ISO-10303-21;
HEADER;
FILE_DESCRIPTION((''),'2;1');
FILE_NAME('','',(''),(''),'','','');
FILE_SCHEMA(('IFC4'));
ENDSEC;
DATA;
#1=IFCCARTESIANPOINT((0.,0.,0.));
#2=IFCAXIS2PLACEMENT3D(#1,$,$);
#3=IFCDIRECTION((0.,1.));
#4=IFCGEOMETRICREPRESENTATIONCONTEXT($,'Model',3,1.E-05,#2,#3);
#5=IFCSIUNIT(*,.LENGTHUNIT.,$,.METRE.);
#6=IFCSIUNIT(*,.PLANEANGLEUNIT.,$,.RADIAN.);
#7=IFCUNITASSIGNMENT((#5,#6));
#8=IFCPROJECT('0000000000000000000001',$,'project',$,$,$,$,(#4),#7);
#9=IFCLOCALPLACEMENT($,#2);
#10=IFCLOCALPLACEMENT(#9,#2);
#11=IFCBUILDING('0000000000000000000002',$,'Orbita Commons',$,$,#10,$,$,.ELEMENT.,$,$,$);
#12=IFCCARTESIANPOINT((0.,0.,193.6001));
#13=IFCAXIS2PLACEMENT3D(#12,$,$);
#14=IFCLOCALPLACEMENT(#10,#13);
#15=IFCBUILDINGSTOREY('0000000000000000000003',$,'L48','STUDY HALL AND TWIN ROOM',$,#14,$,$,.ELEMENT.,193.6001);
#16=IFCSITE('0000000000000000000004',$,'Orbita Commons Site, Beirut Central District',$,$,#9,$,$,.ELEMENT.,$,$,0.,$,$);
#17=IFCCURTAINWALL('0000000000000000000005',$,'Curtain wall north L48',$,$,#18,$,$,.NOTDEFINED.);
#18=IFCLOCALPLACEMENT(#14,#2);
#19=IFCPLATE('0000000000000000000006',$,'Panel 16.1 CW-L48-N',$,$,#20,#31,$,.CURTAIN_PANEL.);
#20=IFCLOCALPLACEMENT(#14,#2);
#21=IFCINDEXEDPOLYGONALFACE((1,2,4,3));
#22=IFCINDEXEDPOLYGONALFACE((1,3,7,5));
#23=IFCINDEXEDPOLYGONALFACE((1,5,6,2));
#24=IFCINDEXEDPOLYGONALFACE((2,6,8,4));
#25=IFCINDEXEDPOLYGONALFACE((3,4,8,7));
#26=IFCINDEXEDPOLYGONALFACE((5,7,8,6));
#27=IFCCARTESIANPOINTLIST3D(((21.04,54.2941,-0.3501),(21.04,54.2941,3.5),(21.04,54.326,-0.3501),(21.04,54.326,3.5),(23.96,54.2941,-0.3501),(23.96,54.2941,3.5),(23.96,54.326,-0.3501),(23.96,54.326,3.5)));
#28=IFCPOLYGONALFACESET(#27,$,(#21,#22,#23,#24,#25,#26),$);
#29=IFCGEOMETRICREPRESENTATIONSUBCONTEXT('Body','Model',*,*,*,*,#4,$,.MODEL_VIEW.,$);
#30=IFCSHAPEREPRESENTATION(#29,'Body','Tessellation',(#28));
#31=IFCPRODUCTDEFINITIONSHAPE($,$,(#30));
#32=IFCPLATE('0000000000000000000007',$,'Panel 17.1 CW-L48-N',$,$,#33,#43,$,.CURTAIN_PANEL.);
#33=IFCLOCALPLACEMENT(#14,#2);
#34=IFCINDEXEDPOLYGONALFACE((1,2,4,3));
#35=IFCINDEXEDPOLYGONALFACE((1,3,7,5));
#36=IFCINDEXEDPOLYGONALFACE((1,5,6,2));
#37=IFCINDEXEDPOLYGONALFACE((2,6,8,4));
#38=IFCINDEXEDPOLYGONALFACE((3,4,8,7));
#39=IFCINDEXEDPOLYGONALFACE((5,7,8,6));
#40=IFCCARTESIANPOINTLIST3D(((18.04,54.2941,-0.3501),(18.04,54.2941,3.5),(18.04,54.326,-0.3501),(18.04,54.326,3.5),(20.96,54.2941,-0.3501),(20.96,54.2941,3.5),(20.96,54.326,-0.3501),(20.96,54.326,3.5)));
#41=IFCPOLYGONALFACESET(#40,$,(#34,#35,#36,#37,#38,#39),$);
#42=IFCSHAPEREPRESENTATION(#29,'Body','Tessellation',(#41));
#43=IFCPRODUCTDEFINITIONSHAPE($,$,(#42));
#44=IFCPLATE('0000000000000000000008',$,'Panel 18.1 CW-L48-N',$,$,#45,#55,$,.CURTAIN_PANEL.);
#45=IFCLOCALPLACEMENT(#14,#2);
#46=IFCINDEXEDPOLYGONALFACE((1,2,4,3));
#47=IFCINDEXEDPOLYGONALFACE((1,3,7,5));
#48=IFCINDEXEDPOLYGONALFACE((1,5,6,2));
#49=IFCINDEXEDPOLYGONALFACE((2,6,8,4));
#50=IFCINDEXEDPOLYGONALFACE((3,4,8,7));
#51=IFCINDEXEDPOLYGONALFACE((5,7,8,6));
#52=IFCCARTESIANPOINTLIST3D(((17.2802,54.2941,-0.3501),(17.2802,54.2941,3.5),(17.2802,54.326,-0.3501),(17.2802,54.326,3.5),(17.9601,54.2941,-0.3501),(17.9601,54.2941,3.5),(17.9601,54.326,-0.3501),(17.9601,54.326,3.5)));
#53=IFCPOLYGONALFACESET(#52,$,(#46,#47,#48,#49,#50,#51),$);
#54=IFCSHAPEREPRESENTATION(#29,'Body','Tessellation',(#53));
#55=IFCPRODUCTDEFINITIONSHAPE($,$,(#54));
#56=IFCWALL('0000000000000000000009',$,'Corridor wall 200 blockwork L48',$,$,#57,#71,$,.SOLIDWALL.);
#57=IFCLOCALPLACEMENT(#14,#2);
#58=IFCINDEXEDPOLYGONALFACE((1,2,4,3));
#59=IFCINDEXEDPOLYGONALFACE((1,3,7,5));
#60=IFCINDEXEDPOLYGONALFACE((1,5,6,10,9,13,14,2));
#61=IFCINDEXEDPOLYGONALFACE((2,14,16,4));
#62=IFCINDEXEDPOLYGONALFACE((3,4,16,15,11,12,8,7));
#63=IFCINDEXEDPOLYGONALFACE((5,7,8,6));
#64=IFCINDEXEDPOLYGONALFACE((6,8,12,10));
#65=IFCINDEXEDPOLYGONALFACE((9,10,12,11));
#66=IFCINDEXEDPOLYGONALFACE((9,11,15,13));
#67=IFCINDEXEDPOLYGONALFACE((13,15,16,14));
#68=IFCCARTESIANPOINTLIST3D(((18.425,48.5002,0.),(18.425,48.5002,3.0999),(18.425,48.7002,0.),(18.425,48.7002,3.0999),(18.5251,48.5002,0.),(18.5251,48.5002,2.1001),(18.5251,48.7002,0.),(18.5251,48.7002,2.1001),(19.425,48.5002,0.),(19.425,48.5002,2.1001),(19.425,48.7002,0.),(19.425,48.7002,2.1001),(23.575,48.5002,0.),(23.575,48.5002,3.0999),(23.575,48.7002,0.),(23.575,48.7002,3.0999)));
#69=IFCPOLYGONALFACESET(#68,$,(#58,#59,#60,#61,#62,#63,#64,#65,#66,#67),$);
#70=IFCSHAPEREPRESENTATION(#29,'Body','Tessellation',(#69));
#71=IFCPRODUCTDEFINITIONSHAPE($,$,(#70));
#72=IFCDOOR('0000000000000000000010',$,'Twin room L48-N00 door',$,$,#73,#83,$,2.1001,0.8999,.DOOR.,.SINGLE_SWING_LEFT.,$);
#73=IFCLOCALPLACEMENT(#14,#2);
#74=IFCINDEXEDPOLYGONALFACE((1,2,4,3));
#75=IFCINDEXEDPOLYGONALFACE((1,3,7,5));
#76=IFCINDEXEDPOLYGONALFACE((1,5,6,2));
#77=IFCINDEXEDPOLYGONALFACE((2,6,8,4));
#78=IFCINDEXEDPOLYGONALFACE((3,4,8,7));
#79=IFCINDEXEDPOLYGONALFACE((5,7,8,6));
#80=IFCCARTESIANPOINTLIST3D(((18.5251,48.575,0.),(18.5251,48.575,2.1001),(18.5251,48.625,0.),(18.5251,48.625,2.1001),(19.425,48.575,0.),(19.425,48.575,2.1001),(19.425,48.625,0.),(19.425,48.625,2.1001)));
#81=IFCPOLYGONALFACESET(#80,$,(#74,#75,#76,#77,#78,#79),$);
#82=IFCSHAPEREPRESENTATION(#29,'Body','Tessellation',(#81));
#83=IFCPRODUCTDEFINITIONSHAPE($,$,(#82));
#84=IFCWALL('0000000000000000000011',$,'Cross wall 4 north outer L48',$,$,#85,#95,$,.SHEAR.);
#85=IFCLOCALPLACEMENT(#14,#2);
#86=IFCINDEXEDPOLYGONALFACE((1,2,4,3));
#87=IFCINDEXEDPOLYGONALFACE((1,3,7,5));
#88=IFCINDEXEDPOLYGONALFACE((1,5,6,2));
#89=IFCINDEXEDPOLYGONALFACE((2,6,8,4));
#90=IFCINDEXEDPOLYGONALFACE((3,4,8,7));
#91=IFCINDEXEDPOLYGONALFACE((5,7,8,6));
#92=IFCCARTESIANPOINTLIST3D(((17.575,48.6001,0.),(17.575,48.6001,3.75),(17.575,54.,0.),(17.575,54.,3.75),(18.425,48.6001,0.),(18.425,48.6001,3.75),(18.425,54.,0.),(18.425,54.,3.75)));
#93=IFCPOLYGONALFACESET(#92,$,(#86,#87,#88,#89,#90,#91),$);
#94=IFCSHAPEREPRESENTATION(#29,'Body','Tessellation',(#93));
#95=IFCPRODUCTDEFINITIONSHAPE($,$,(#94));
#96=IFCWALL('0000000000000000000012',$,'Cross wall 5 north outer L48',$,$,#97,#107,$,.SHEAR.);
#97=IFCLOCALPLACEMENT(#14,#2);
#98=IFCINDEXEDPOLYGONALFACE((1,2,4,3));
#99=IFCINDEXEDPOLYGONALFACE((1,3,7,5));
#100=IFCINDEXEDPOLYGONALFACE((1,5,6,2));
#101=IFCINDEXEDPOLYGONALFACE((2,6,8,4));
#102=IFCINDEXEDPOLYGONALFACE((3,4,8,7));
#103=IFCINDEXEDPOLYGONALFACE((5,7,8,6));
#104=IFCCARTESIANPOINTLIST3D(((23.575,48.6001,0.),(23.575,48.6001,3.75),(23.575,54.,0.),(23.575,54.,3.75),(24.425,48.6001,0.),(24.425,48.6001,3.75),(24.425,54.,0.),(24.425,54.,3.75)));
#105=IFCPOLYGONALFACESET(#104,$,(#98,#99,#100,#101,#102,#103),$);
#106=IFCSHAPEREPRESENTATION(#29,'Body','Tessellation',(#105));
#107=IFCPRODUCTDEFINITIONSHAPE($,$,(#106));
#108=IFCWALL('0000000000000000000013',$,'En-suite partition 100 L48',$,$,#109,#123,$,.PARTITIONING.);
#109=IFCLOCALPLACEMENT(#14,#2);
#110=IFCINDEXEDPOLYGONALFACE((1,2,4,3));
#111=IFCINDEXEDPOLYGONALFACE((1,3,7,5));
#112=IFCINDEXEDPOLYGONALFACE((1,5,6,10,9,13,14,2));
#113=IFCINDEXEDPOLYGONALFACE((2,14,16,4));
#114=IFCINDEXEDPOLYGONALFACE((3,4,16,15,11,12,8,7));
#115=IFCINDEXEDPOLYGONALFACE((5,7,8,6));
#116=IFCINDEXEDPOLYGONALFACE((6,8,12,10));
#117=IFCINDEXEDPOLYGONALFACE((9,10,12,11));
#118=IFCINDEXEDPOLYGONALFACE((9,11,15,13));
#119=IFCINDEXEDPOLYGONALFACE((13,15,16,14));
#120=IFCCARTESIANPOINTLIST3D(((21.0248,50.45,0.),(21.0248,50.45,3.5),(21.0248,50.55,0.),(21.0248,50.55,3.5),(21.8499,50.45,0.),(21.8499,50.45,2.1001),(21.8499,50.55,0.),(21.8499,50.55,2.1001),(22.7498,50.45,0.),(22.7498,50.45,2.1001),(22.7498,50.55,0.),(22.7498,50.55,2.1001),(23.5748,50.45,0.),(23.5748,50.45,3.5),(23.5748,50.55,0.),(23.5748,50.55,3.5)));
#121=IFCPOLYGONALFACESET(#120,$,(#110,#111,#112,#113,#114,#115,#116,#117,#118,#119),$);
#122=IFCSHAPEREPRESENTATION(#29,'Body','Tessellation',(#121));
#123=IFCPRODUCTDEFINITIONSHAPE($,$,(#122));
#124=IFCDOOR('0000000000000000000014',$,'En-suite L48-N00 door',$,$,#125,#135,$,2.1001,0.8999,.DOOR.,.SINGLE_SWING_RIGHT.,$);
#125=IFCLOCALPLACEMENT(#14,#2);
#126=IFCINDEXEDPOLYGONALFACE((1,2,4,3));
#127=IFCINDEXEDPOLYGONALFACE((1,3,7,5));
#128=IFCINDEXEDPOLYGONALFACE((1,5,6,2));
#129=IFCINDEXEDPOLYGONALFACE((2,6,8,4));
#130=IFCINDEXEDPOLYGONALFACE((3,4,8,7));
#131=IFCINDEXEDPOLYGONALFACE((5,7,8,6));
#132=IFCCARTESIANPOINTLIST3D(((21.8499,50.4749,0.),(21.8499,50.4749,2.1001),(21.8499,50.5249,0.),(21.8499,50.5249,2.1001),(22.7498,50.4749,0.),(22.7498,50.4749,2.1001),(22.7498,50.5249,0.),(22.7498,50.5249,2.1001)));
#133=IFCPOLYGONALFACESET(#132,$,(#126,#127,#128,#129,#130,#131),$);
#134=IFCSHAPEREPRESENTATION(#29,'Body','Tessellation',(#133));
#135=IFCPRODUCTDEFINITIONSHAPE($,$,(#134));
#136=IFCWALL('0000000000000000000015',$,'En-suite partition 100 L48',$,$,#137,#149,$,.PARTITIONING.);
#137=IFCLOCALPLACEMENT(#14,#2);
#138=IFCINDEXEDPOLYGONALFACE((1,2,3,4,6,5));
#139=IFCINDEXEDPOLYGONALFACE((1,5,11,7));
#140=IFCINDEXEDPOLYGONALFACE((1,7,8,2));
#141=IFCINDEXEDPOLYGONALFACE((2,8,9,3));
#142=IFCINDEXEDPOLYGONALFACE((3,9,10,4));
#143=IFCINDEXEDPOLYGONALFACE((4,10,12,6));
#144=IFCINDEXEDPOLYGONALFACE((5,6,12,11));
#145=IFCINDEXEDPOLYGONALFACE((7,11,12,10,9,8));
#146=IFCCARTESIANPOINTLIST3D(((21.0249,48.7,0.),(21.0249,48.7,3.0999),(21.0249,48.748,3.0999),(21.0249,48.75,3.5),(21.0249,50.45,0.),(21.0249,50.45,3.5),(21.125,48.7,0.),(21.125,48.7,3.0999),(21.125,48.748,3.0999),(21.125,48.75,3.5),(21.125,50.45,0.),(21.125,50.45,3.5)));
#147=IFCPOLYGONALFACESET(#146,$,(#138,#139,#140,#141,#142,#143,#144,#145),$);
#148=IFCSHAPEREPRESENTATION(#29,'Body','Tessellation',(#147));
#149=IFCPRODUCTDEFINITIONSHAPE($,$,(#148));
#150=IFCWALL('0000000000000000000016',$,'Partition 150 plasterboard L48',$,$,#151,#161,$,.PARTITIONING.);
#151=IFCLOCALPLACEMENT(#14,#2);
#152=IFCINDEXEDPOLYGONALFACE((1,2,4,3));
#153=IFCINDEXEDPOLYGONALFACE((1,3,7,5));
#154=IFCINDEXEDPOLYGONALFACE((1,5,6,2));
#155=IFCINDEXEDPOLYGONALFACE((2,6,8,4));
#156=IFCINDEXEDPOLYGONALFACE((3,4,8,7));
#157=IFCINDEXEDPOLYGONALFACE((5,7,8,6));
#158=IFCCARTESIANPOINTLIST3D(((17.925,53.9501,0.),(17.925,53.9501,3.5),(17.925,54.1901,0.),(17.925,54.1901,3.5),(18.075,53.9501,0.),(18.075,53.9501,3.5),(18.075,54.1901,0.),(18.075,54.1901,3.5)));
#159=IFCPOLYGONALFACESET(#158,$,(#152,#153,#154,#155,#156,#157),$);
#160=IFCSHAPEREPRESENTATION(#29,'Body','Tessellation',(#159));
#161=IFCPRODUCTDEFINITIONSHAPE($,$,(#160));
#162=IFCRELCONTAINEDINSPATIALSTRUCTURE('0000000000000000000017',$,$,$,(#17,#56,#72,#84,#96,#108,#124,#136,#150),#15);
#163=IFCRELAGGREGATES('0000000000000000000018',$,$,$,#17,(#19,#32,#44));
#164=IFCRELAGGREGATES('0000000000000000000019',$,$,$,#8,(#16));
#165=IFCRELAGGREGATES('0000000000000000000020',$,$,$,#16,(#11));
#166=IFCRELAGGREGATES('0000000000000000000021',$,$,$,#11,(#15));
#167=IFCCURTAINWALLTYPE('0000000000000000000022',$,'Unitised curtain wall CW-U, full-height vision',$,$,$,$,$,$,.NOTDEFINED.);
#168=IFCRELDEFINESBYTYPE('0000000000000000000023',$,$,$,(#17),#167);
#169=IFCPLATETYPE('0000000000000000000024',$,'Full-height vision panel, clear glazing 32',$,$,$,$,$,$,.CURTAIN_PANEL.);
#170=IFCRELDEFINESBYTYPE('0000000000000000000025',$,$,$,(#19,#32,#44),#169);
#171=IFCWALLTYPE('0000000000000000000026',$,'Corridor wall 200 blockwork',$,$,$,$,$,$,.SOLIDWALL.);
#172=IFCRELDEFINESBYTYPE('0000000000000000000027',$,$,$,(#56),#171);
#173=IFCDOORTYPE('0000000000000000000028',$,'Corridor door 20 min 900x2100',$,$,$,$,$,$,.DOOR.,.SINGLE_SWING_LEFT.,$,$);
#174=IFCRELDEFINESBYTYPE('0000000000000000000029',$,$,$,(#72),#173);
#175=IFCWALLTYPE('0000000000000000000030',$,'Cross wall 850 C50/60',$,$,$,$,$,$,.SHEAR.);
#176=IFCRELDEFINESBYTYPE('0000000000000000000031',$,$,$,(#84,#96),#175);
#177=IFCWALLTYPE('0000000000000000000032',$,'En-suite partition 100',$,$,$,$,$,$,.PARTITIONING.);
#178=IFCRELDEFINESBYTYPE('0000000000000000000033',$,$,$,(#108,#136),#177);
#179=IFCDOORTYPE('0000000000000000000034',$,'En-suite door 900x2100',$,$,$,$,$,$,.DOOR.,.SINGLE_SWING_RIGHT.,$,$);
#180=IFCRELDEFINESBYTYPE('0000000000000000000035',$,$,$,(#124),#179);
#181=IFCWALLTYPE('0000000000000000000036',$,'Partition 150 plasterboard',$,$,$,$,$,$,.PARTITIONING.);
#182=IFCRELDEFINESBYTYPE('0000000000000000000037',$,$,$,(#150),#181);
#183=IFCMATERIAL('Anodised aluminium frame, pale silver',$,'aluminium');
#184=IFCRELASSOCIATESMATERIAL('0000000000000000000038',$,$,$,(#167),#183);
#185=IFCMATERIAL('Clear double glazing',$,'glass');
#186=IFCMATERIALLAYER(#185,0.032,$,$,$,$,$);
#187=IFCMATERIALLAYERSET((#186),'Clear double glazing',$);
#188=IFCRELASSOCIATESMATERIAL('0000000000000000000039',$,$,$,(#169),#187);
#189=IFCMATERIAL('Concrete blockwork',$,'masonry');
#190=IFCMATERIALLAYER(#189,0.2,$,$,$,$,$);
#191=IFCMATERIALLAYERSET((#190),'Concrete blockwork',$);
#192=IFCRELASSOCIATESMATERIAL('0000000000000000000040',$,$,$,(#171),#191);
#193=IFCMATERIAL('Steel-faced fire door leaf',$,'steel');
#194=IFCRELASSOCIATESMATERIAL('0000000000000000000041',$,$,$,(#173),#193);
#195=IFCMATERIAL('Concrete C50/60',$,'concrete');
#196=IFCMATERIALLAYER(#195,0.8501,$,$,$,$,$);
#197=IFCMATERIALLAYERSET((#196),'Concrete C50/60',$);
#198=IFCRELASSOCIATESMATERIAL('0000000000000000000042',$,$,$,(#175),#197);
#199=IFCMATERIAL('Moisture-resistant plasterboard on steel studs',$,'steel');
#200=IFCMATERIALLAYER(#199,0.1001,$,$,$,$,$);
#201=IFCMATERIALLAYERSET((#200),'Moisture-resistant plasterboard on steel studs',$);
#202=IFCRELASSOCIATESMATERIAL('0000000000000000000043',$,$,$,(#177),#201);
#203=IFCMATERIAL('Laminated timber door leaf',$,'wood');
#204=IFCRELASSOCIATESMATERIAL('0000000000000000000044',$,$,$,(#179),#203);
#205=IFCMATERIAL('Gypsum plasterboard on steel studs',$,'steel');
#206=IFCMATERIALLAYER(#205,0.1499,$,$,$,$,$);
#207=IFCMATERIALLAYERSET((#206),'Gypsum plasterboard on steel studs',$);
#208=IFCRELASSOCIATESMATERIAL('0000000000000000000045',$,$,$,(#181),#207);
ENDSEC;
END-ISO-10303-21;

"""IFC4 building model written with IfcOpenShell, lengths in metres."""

from ifc_helpers import new_model, si_unit, direction, frame, frame_2d, origin, origin_2d, place, context, subcontext, project, spatial, polyline, rectangle, outline, extrude, material, layer, layer_set, type_object, element, fill, aggregate, save


model = new_model("IFC4")

# Units and contexts
model_context = context("Model", 3, precision=1e-05, world=origin(), true_north=direction((0.0, 1.0)))
body_context = subcontext(model_context, "Body", "Model", "MODEL_VIEW")
ifc_project = project(units=[si_unit("LENGTHUNIT", "METRE"), si_unit("PLANEANGLEUNIT", "RADIAN")], contexts=[model_context])

# Site, building, storey
site_placement = place(None, origin())
site = spatial("IfcSite", under=ifc_project, at=site_placement, Name="Orbita Commons Site, Beirut Central District", CompositionType="ELEMENT", RefElevation=0.0)
building_placement = place(site_placement, origin())
building = spatial("IfcBuilding", under=site, at=building_placement, Name="Orbita Commons", CompositionType="ELEMENT")
storey_placement = place(building_placement, frame((0.0, 0.0, 193.6001)))
storey = spatial("IfcBuildingStorey", under=building, at=storey_placement, Name="L48", Description="STUDY HALL AND TWIN ROOM", CompositionType="ELEMENT", Elevation=193.6001)

# Curtain wall
ifc_material_1 = material(Name="Anodised aluminium frame, pale silver", Category="aluminium")
curtain_wall_type = type_object("IfcCurtainWallType", Name="Unitised curtain wall CW-U, full-height vision", PredefinedType="NOTDEFINED", material=ifc_material_1)
curtain_wall_placement = place(storey_placement, origin())
curtain_wall = element("IfcCurtainWall", 1, at=curtain_wall_placement, inside=storey, type_object=curtain_wall_type, Name="Curtain wall north L48", PredefinedType="NOTDEFINED")

# Plates
ifc_material_2 = material(Name="Clear double glazing", Category="glass")
ifc_layer_1 = layer(ifc_material_2, 0.032)
ifc_layer_set_1 = layer_set([ifc_layer_1], Name="Clear double glazing")
plate_type = type_object("IfcPlateType", Name="Full-height vision panel, clear glazing 32", PredefinedType="CURTAIN_PANEL", material=ifc_layer_set_1)
plate_1_placement = place(storey_placement, frame((22.5, 54.3101, -0.3501), z_axis=(0.0, 0.0, 1.0), x_axis=(-1.0, 0.0, 0.0)))
plate_1 = element("IfcPlate", 2, at=plate_1_placement, type_object=plate_type, Name="Panel 16.1 CW-L48-N", PredefinedType="CURTAIN_PANEL", context=body_context, shape_type="SweptSolid", body=[
    extrude(rectangle(XDim=2.9199, YDim=0.032, at=origin_2d()), origin(), (0.0, 0.0, 1.0), 3.8501),
])
plate_2_placement = place(storey_placement, frame((19.5, 54.3101, -0.3501), z_axis=(0.0, 0.0, 1.0), x_axis=(-1.0, 0.0, 0.0)))
plate_2 = element("IfcPlate", 3, at=plate_2_placement, type_object=plate_type, Name="Panel 17.1 CW-L48-N", PredefinedType="CURTAIN_PANEL", context=body_context, shape_type="SweptSolid", body=[
    extrude(rectangle(XDim=2.9199, YDim=0.032, at=origin_2d()), origin(), (0.0, 0.0, 1.0), 3.8501),
])
plate_3_placement = place(storey_placement, frame((17.6201, 54.3101, -0.3501), z_axis=(0.0, 0.0, 1.0), x_axis=(-1.0, 0.0, 0.0)))
plate_3 = element("IfcPlate", 4, at=plate_3_placement, type_object=plate_type, Name="Panel 18.1 CW-L48-N", PredefinedType="CURTAIN_PANEL", context=body_context, shape_type="SweptSolid", body=[
    extrude(rectangle(XDim=0.6799, YDim=0.032, at=origin_2d()), origin(), (0.0, 0.0, 1.0), 3.8501),
])
aggregate(curtain_wall, [plate_1, plate_2, plate_3])

# Wall, opening, door
ifc_material_3 = material(Name="Concrete blockwork", Category="masonry")
ifc_layer_2 = layer(ifc_material_3, 0.2)
ifc_layer_set_2 = layer_set([ifc_layer_2], Name="Concrete blockwork")
wall_type_1 = type_object("IfcWallType", Name="Corridor wall 200 blockwork", PredefinedType="SOLIDWALL", material=ifc_layer_set_2)
wall_1_placement = place(storey_placement, frame((18.425, 48.6001, 0.0), z_axis=(0.0, 0.0, 1.0), x_axis=(1.0, 0.0, 0.0)))
wall_1 = element("IfcWall", 5, at=wall_1_placement, inside=storey, type_object=wall_type_1, Name="Corridor wall 200 blockwork L48", PredefinedType="SOLIDWALL", context=body_context, shape_type="SweptSolid", body=[
    extrude(outline(polyline([(0.0, 0.0), (5.1499, 0.0), (5.1499, 3.0999), (0.0, 3.0999), (0.0, 0.0)])), frame((0.0, 0.1001, 0.0), z_axis=(0.0, -1.0, 0.0), x_axis=(1.0, 0.0, 0.0)), (0.0, 0.0, 1.0), 0.2),
])
opening_1_placement = place(wall_1_placement, frame((0.1001, 0.0, 0.0)))
opening_1 = element("IfcOpeningElement", 6, at=opening_1_placement, cuts=wall_1, PredefinedType="OPENING", context=body_context, shape_type="SweptSolid", body=[
    extrude(rectangle(XDim=0.8999, YDim=2.1001, at=frame_2d((0.45, 1.05))), frame((0.0, 0.1099, 0.0), z_axis=(0.0, -1.0, 0.0), x_axis=(1.0, 0.0, 0.0)), (0.0, 0.0, 1.0), 0.22),
])
ifc_material_4 = material(Name="Steel-faced fire door leaf", Category="steel")
door_type_1 = type_object("IfcDoorType", Name="Corridor door 20 min 900x2100", OperationType="SINGLE_SWING_LEFT", PredefinedType="DOOR", material=ifc_material_4)
door_1_placement = place(opening_1_placement, origin())
door_1 = element("IfcDoor", 7, at=door_1_placement, inside=storey, type_object=door_type_1, Name="Twin room L48-N00 door", OperationType="SINGLE_SWING_LEFT", OverallHeight=2.1001, OverallWidth=0.8999, PredefinedType="DOOR", context=body_context, shape_type="SweptSolid", body=[
    extrude(rectangle(XDim=0.8999, YDim=2.1001, at=frame_2d((0.45, 1.05))), frame((0.0, 0.0249, 0.0), z_axis=(0.0, -1.0, 0.0), x_axis=(1.0, 0.0, 0.0)), (0.0, 0.0, 1.0), 0.05),
])
fill(opening_1, door_1)

# Walls
ifc_material_5 = material(Name="Concrete C50/60", Category="concrete")
ifc_layer_3 = layer(ifc_material_5, 0.8501)
ifc_layer_set_3 = layer_set([ifc_layer_3], Name="Concrete C50/60")
wall_type_2 = type_object("IfcWallType", Name="Cross wall 850 C50/60", PredefinedType="SHEAR", material=ifc_layer_set_3)
for number, where, z_axis, x_axis, name in (
    (8, (18.0, 48.6001, 0.0), (0.0, 0.0, 1.0), (0.0, 1.0, 0.0), "Cross wall 4 north outer L48"),
    (9, (24.0, 48.6001, 0.0), (0.0, 0.0, 1.0), (0.0, 1.0, 0.0), "Cross wall 5 north outer L48"),
):
    element("IfcWall", number, at=place(storey_placement, frame(where, z_axis=z_axis, x_axis=x_axis)), inside=storey, type_object=wall_type_2, Name=name, PredefinedType="SHEAR", context=body_context, shape_type="SweptSolid", body=[
        extrude(rectangle(XDim=5.3999, YDim=0.8501, at=frame_2d((2.7, 0.0))), origin(), (0.0, 0.0, 1.0), 3.75),
    ])

# Wall, opening, door
ifc_material_6 = material(Name="Moisture-resistant plasterboard on steel studs", Category="steel")
ifc_layer_4 = layer(ifc_material_6, 0.1001)
ifc_layer_set_4 = layer_set([ifc_layer_4], Name="Moisture-resistant plasterboard on steel studs")
wall_type_3 = type_object("IfcWallType", Name="En-suite partition 100", PredefinedType="PARTITIONING", material=ifc_layer_set_4)
wall_2_placement = place(storey_placement, frame((21.0249, 50.5, 0.0), z_axis=(0.0, 0.0, 1.0), x_axis=(1.0, 0.0, 0.0)))
wall_2 = element("IfcWall", 10, at=wall_2_placement, inside=storey, type_object=wall_type_3, Name="En-suite partition 100 L48", PredefinedType="PARTITIONING", context=body_context, shape_type="SweptSolid", body=[
    extrude(rectangle(XDim=2.55, YDim=0.1001, at=frame_2d((1.2749, 0.0))), origin(), (0.0, 0.0, 1.0), 3.5),
])
opening_2_placement = place(wall_2_placement, frame((0.825, 0.0, 0.0)))
opening_2 = element("IfcOpeningElement", 11, at=opening_2_placement, cuts=wall_2, PredefinedType="OPENING", context=body_context, shape_type="SweptSolid", body=[
    extrude(rectangle(XDim=0.8999, YDim=2.1001, at=frame_2d((0.45, 1.05))), frame((0.0, 0.0601, 0.0), z_axis=(0.0, -1.0, 0.0), x_axis=(1.0, 0.0, 0.0)), (0.0, 0.0, 1.0), 0.1201),
])
ifc_material_7 = material(Name="Laminated timber door leaf", Category="wood")
door_type_2 = type_object("IfcDoorType", Name="En-suite door 900x2100", OperationType="SINGLE_SWING_RIGHT", PredefinedType="DOOR", material=ifc_material_7)
door_2_placement = place(opening_2_placement, origin())
door_2 = element("IfcDoor", 12, at=door_2_placement, inside=storey, type_object=door_type_2, Name="En-suite L48-N00 door", OperationType="SINGLE_SWING_RIGHT", OverallHeight=2.1001, OverallWidth=0.8999, PredefinedType="DOOR", context=body_context, shape_type="SweptSolid", body=[
    extrude(rectangle(XDim=0.8999, YDim=2.1001, at=frame_2d((0.45, 1.05))), frame((0.0, 0.0249, 0.0), z_axis=(0.0, -1.0, 0.0), x_axis=(1.0, 0.0, 0.0)), (0.0, 0.0, 1.0), 0.05),
])
fill(opening_2, door_2)

# Walls
wall_3_placement = place(storey_placement, frame((21.075, 50.45, 0.0), z_axis=(0.0, 0.0, 1.0), x_axis=(0.0, -1.0, 0.0)))
element("IfcWall", 13, at=wall_3_placement, inside=storey, type_object=wall_type_3, Name="En-suite partition 100 L48", PredefinedType="PARTITIONING", context=body_context, shape_type="SweptSolid", body=[
    extrude(outline(polyline([(0.0, 0.0), (1.75, 0.0), (1.75, 3.0999), (1.7019, 3.0999), (1.7, 3.5), (0.0, 3.5), (0.0, 0.0)])), frame((0.0, 0.05, 0.0), z_axis=(0.0, -1.0, 0.0), x_axis=(1.0, 0.0, 0.0)), (0.0, 0.0, 1.0), 0.1001),
])
ifc_material_8 = material(Name="Gypsum plasterboard on steel studs", Category="steel")
ifc_layer_5 = layer(ifc_material_8, 0.1499)
ifc_layer_set_5 = layer_set([ifc_layer_5], Name="Gypsum plasterboard on steel studs")
wall_type_4 = type_object("IfcWallType", Name="Partition 150 plasterboard", PredefinedType="PARTITIONING", material=ifc_layer_set_5)
wall_4_placement = place(storey_placement, frame((18.0, 53.95, 0.0), z_axis=(0.0, 0.0, 1.0), x_axis=(0.0, 1.0, 0.0)))
element("IfcWall", 14, at=wall_4_placement, inside=storey, type_object=wall_type_4, Name="Partition 150 plasterboard L48", PredefinedType="PARTITIONING", context=body_context, shape_type="SweptSolid", body=[
    extrude(rectangle(XDim=0.24, YDim=0.1499, at=frame_2d((0.1201, 0.0))), origin(), (0.0, 0.0, 1.0), 3.5),
])

save(model, "model.ifc")
